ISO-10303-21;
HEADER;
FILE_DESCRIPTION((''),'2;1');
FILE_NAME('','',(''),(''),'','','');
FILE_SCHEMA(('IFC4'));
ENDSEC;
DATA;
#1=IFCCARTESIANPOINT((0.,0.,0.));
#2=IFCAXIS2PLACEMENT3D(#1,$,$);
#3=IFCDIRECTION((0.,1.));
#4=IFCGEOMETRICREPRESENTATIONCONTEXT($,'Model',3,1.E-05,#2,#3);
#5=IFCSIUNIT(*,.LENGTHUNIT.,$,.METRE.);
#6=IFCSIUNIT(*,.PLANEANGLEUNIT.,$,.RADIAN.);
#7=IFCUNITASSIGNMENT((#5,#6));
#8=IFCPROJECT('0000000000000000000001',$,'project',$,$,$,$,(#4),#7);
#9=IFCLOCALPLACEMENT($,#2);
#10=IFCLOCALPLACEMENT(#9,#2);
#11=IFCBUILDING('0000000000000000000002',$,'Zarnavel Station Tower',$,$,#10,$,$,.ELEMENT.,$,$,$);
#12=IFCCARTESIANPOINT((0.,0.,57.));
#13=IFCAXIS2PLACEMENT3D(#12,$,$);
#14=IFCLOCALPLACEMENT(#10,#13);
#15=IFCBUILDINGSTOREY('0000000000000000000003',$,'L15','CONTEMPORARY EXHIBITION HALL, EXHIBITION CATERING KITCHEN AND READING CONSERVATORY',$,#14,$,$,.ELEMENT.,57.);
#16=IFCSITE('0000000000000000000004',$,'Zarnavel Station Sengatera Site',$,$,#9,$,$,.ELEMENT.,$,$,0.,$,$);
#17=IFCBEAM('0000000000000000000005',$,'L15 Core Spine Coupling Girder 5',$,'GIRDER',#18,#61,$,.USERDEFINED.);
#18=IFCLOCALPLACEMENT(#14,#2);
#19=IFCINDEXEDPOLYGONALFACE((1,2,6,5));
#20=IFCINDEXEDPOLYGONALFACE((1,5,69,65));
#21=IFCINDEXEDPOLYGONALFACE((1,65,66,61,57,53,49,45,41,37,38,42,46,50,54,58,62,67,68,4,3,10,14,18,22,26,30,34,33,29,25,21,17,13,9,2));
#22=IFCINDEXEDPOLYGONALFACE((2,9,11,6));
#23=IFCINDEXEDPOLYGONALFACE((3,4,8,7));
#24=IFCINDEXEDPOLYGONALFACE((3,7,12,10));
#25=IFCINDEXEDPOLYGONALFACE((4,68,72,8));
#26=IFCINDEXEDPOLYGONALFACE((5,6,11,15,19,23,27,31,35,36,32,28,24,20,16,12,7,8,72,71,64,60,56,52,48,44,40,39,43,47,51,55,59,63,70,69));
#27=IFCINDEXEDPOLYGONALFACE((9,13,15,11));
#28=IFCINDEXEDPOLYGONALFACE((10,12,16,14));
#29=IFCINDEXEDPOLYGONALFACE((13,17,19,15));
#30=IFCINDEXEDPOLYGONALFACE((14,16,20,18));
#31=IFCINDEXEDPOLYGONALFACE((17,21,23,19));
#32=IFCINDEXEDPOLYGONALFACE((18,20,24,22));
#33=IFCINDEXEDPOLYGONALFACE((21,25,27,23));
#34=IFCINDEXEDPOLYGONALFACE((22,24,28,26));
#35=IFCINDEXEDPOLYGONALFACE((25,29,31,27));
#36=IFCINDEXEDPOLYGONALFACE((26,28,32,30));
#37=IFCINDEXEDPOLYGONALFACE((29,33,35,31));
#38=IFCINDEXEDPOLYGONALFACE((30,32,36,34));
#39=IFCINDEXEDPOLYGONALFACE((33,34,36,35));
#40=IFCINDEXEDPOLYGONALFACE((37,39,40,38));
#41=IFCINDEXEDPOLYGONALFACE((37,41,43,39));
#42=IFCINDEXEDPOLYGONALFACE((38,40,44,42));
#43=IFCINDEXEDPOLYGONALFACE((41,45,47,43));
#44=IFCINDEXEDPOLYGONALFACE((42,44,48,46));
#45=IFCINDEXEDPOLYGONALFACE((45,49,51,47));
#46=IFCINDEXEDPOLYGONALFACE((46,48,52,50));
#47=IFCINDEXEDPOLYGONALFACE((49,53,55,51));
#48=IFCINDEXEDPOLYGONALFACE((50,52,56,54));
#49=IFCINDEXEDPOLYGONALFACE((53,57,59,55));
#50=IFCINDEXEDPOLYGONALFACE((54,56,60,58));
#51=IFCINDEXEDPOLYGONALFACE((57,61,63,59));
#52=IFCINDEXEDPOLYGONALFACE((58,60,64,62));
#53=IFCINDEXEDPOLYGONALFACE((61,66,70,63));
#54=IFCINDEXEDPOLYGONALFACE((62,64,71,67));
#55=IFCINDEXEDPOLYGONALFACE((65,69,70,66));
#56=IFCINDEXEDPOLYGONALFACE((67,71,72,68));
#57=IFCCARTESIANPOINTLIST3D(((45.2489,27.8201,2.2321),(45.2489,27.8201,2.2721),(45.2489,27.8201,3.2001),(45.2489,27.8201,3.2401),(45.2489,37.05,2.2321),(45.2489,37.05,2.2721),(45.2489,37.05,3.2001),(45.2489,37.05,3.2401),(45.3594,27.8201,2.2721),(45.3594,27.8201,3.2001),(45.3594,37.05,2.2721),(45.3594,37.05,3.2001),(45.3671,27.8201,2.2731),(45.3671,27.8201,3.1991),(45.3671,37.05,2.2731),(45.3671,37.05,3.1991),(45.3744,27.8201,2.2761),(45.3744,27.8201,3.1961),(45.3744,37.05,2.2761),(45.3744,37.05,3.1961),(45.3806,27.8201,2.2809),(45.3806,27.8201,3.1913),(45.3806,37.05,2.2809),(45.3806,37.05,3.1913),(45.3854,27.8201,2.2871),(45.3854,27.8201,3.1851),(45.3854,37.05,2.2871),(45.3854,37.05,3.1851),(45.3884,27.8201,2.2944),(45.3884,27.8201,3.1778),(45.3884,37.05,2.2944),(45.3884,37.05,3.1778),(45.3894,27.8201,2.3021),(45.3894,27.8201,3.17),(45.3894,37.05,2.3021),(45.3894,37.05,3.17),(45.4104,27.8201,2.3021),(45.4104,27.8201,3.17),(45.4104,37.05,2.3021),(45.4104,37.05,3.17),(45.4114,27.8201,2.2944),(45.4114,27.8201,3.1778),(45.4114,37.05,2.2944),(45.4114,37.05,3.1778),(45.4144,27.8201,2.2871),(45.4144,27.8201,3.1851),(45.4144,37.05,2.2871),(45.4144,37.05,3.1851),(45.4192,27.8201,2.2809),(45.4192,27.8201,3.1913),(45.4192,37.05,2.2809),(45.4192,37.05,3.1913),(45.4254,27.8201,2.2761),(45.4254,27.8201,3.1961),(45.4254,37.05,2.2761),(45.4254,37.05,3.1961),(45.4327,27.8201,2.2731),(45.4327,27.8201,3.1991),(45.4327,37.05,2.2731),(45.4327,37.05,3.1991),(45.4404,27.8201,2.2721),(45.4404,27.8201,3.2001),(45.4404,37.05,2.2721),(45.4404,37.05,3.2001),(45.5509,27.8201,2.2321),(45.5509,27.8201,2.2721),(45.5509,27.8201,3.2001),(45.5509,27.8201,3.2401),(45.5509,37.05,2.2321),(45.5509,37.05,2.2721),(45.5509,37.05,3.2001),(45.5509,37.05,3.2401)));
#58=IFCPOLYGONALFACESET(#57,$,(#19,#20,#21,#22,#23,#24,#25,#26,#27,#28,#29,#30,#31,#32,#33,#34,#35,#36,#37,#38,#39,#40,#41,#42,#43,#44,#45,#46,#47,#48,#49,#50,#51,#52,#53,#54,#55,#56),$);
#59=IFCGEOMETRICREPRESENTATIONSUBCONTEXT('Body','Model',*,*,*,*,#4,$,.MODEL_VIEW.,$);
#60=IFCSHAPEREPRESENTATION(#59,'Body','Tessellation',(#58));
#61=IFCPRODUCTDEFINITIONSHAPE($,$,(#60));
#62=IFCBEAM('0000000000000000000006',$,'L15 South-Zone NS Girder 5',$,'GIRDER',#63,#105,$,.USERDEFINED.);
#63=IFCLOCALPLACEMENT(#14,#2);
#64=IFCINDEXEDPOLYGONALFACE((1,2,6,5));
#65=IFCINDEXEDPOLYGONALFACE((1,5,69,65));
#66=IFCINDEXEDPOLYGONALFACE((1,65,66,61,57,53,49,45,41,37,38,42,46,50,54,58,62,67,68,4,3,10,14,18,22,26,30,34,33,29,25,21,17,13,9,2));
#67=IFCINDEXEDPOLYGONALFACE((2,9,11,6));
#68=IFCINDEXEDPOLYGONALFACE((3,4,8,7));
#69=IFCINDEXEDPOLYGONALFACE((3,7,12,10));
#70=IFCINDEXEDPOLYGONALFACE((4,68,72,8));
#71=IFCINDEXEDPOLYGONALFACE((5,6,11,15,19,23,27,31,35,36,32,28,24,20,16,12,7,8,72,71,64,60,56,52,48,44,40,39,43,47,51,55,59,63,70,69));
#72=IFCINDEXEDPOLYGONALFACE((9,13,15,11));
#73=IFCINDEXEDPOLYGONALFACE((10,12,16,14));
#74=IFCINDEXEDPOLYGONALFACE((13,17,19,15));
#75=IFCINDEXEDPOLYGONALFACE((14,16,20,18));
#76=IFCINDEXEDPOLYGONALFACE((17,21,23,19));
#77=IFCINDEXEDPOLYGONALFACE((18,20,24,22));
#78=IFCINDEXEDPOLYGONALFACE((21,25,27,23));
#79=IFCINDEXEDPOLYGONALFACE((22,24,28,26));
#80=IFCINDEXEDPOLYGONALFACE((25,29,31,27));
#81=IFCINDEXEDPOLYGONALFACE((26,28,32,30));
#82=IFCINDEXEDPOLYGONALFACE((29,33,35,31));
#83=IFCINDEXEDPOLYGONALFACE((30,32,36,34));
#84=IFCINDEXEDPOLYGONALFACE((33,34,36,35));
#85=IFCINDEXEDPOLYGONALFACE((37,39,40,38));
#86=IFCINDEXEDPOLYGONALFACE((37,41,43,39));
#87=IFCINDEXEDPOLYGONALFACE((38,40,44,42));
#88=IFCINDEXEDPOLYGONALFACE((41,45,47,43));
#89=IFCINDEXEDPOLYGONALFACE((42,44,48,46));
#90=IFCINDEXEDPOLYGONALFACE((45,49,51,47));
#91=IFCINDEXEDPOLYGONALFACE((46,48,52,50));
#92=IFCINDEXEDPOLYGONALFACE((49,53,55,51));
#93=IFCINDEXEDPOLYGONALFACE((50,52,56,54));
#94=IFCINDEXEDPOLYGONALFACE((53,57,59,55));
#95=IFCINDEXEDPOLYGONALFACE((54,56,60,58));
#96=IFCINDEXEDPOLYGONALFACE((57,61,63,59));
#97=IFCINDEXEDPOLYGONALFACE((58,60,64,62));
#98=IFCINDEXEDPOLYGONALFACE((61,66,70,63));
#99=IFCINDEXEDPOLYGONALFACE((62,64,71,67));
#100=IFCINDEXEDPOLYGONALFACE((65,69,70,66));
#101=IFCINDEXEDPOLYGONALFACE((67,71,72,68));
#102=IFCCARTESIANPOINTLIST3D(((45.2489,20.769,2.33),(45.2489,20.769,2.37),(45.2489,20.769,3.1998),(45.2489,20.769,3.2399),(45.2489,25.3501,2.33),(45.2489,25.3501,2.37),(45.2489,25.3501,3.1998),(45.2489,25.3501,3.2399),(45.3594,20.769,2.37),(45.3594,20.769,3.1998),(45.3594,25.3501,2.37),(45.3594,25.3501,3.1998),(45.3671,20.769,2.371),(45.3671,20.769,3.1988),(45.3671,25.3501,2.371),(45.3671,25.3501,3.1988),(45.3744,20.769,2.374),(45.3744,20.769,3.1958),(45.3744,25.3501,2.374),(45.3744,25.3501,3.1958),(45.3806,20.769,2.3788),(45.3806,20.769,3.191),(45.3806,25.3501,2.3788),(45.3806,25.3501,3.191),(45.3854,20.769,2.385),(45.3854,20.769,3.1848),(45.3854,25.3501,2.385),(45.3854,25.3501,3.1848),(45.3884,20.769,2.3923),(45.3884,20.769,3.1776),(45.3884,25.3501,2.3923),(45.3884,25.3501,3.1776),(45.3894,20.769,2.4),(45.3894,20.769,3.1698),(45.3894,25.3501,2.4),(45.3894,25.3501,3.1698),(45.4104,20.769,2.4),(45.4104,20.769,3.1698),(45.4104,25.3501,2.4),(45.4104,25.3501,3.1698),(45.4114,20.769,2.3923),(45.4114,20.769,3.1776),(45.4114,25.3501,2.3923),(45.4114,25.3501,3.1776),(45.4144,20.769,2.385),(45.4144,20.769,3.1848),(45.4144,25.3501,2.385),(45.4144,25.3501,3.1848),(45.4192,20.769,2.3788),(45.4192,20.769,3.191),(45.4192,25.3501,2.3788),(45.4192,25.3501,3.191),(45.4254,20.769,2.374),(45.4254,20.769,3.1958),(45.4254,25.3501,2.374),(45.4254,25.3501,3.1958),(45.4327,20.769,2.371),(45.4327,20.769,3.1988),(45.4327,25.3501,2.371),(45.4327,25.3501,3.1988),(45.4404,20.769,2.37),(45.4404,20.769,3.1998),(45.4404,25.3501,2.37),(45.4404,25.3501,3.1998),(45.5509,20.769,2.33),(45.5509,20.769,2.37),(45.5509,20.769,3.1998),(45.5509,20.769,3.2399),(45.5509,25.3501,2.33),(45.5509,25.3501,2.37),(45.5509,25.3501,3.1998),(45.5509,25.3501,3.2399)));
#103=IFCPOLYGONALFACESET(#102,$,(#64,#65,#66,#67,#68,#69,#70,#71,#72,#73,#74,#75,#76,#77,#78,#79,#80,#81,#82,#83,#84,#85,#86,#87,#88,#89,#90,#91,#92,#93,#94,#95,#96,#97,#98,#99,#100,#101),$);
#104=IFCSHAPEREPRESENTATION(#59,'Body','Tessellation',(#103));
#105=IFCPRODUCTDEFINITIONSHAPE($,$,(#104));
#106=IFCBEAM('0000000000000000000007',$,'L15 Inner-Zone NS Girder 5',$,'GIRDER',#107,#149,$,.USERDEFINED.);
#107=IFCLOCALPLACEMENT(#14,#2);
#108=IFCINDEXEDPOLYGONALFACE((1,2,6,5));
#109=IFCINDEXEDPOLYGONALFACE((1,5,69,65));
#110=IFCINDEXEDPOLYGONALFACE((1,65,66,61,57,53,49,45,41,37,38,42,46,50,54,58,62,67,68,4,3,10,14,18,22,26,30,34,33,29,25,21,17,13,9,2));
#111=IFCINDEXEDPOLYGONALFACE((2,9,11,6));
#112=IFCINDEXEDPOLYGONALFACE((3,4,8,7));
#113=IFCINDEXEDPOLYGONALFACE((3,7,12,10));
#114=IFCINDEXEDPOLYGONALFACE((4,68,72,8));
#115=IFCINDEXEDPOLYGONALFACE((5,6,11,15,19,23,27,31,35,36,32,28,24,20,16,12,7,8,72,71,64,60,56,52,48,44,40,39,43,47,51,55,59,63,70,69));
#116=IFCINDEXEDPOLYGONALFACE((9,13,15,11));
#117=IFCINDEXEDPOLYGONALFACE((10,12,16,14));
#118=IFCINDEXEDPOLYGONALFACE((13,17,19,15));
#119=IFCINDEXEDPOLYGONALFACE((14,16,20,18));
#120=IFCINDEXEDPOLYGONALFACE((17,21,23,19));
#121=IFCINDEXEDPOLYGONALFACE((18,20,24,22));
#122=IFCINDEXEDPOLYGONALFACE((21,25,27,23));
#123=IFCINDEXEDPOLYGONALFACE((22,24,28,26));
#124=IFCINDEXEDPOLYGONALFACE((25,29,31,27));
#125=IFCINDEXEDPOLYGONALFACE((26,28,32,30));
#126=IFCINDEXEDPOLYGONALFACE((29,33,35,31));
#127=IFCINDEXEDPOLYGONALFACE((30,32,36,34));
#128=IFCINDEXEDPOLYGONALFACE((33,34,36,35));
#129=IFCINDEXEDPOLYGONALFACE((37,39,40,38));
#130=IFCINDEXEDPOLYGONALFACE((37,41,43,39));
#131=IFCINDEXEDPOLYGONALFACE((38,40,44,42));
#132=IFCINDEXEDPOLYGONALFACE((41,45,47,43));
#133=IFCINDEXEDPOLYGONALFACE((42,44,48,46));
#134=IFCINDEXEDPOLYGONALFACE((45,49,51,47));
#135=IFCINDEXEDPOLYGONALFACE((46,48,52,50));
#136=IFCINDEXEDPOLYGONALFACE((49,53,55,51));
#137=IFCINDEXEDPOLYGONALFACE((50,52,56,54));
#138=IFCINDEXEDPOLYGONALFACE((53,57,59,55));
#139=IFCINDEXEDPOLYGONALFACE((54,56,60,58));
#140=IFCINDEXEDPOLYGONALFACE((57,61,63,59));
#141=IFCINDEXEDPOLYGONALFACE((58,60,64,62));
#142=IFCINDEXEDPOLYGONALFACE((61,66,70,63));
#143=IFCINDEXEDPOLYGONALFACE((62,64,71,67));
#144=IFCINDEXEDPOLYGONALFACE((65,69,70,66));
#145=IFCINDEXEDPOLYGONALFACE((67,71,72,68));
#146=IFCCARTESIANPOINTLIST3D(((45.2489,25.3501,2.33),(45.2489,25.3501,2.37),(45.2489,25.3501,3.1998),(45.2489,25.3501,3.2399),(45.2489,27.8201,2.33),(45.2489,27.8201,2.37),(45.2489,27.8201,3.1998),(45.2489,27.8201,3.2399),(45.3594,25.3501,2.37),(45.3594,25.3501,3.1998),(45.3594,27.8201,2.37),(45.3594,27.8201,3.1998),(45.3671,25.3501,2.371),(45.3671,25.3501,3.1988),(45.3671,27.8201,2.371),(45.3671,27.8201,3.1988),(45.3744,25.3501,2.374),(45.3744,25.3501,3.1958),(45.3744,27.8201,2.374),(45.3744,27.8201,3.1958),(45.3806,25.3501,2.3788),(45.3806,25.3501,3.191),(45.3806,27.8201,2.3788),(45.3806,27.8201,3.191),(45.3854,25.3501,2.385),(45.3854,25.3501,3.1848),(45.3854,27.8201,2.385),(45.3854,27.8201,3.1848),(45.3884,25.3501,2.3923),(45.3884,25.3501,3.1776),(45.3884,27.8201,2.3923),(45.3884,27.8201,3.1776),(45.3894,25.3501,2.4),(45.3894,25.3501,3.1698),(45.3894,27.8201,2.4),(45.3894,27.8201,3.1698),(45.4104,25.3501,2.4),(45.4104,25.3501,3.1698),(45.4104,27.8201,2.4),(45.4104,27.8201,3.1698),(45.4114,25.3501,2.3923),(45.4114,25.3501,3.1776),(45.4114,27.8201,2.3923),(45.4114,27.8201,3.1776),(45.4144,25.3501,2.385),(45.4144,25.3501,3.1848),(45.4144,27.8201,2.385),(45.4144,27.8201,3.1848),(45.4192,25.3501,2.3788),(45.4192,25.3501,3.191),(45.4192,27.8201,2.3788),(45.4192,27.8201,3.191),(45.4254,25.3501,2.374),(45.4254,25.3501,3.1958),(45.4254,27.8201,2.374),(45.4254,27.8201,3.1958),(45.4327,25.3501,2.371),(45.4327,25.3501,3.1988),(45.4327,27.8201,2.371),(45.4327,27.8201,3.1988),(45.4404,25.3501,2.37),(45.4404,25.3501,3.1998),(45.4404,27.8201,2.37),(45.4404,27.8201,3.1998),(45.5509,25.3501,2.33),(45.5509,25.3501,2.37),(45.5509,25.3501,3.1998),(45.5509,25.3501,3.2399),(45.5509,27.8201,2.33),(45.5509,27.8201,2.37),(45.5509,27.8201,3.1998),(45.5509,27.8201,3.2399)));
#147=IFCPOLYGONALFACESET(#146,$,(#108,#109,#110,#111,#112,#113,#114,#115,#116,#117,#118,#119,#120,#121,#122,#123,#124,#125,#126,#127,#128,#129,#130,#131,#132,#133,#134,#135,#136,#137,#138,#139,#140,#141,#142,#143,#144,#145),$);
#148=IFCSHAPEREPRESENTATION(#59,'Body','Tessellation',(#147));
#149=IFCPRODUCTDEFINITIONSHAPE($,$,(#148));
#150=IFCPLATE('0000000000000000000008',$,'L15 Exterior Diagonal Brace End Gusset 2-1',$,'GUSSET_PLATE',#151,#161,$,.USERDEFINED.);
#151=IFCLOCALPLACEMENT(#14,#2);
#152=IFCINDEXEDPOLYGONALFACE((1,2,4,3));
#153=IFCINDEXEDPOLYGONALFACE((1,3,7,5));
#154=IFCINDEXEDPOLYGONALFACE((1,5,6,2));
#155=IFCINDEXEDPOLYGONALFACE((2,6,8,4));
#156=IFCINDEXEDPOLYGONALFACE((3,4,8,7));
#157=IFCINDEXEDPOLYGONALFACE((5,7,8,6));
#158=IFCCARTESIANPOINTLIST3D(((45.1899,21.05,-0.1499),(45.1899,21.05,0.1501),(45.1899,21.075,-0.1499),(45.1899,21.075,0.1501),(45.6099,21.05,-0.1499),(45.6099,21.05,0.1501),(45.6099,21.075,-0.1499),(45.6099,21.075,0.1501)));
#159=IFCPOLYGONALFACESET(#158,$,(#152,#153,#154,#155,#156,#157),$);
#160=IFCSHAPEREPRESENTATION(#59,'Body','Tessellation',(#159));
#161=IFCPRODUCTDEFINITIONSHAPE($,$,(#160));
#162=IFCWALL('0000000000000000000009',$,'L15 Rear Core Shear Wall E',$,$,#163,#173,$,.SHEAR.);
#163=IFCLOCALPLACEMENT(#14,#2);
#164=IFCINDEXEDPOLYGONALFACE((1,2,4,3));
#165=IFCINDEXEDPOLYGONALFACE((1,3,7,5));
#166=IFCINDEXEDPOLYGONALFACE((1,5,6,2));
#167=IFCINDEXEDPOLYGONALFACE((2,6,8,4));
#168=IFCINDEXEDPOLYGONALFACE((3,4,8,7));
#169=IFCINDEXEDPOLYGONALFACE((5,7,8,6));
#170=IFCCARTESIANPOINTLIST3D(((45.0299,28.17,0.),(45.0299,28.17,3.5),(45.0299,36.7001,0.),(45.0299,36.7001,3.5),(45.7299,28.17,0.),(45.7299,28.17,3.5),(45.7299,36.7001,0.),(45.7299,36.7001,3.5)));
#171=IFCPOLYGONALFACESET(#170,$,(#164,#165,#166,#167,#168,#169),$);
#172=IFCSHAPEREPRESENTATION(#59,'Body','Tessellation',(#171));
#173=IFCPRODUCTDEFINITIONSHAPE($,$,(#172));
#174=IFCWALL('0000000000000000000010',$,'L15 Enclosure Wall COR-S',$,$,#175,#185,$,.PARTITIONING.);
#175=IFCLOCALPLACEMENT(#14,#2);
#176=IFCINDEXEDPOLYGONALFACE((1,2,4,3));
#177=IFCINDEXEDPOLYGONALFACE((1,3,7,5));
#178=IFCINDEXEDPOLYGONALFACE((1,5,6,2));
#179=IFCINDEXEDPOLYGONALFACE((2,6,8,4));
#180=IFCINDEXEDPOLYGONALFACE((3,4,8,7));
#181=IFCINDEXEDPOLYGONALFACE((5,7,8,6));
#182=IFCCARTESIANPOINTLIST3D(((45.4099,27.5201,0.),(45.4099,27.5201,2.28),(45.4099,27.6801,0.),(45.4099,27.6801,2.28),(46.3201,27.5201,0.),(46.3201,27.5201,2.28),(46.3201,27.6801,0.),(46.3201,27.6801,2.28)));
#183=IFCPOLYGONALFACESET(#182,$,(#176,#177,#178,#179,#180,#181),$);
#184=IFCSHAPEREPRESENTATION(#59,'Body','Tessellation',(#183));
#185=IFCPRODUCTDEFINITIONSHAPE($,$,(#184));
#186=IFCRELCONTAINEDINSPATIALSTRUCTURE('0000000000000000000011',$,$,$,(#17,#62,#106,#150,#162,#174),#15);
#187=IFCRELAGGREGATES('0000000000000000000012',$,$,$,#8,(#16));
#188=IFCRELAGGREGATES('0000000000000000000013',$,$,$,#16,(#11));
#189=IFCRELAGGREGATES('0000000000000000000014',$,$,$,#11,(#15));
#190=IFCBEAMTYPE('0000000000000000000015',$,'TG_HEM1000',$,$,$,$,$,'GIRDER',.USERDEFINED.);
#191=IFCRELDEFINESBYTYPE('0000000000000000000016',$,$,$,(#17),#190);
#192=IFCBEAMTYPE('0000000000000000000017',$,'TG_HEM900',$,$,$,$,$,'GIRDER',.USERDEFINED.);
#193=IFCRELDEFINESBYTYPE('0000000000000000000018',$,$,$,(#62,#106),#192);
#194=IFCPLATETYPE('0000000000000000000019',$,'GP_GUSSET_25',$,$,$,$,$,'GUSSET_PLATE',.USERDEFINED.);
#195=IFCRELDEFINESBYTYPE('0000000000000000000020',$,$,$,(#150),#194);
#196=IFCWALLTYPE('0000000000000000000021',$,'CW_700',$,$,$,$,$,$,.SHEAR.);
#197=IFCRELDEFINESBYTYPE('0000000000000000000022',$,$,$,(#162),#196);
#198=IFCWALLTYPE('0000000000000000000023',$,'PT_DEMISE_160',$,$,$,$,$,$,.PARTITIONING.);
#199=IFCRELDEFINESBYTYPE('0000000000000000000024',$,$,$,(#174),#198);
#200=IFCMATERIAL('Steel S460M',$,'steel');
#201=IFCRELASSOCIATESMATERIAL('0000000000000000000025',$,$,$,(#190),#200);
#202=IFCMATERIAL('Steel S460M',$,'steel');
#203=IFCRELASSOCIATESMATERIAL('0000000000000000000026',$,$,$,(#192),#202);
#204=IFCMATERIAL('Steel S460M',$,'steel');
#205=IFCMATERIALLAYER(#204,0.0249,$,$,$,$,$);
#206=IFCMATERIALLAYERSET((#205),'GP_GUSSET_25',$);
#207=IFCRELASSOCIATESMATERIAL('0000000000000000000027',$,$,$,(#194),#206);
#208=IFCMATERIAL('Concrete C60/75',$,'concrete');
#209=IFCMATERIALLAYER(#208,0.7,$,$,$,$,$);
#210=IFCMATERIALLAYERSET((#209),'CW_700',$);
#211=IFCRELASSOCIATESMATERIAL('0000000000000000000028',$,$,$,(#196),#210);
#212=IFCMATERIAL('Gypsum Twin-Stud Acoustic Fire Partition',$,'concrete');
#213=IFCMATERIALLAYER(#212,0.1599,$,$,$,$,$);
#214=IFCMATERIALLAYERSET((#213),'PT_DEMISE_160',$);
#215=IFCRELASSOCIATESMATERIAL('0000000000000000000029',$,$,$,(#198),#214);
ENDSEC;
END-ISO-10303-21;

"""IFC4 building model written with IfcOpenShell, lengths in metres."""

from ifc_helpers import new_model, si_unit, direction, frame, frame_2d, origin, origin_2d, place, context, subcontext, project, spatial, rectangle, i_section, extrude, material, layer, layer_set, material_profile, profile_set, type_object, element, save


model = new_model("IFC4")

# Units and contexts
model_context = context("Model", 3, precision=1e-05, world=origin(), true_north=direction((0.0, 1.0)))
body_context = subcontext(model_context, "Body", "Model", "MODEL_VIEW")
ifc_project = project(units=[si_unit("LENGTHUNIT", "METRE"), si_unit("PLANEANGLEUNIT", "RADIAN")], contexts=[model_context])

# Site, building, storey
site_placement = place(None, origin())
site = spatial("IfcSite", under=ifc_project, at=site_placement, Name="Zarnavel Station Sengatera Site", CompositionType="ELEMENT", RefElevation=0.0)
building_placement = place(site_placement, origin())
building = spatial("IfcBuilding", under=site, at=building_placement, Name="Zarnavel Station Tower", CompositionType="ELEMENT")
storey_placement = place(building_placement, frame((0.0, 0.0, 57.0)))
storey = spatial("IfcBuildingStorey", under=building, at=storey_placement, Name="L15", Description="CONTEMPORARY EXHIBITION HALL, EXHIBITION CATERING KITCHEN AND READING CONSERVATORY", CompositionType="ELEMENT", Elevation=57.0)

# Beams
ifc_material_1 = material(Name="Steel S460M", Category="steel")
ifc_material_profile_1 = material_profile(ifc_material_1, i_section(OverallWidth=0.302, OverallDepth=1.0081, WebThickness=0.021, FlangeThickness=0.04, FilletRadius=0.03, at=origin_2d()), Name="HEM1000")
ifc_profile_set_1 = profile_set([ifc_material_profile_1], Name="Steel S460M")
beam_type_1 = type_object("IfcBeamType", Name="TG_HEM1000", ElementType="GIRDER", PredefinedType="USERDEFINED", material=ifc_profile_set_1)
beam_1_placement = place(storey_placement, frame((45.3999, 27.8201, 2.7361), z_axis=(0.0, 1.0, 0.0), x_axis=(-1.0, 0.0, 0.0)))
element("IfcBeam", 1, at=beam_1_placement, inside=storey, type_object=beam_type_1, Name="L15 Core Spine Coupling Girder 5", ObjectType="GIRDER", PredefinedType="USERDEFINED", context=body_context, shape_type="SweptSolid", body=[
    extrude(i_section(OverallWidth=0.302, OverallDepth=1.0081, WebThickness=0.021, FlangeThickness=0.04, FilletRadius=0.03, at=origin_2d()), origin(), (0.0, 0.0, 1.0), 9.23),
])
ifc_material_2 = material(Name="Steel S460M", Category="steel")
ifc_material_profile_2 = material_profile(ifc_material_2, i_section(OverallWidth=0.302, OverallDepth=0.9099, WebThickness=0.021, FlangeThickness=0.04, FilletRadius=0.03, at=origin_2d()), Name="HEM900")
ifc_profile_set_2 = profile_set([ifc_material_profile_2], Name="Steel S460M")
beam_type_2 = type_object("IfcBeamType", Name="TG_HEM900", ElementType="GIRDER", PredefinedType="USERDEFINED", material=ifc_profile_set_2)
beam_2_placement = place(storey_placement, frame((45.3999, 20.769, 2.7849), z_axis=(0.0, 1.0, 0.0), x_axis=(-1.0, 0.0, 0.0)))
element("IfcBeam", 2, at=beam_2_placement, inside=storey, type_object=beam_type_2, Name="L15 South-Zone NS Girder 5", ObjectType="GIRDER", PredefinedType="USERDEFINED", context=body_context, shape_type="SweptSolid", body=[
    extrude(i_section(OverallWidth=0.302, OverallDepth=0.9099, WebThickness=0.021, FlangeThickness=0.04, FilletRadius=0.03, at=origin_2d()), origin(), (0.0, 0.0, 1.0), 4.5811),
])
beam_3_placement = place(storey_placement, frame((45.3999, 25.3501, 2.7849), z_axis=(0.0, 1.0, 0.0), x_axis=(-1.0, 0.0, 0.0)))
element("IfcBeam", 3, at=beam_3_placement, inside=storey, type_object=beam_type_2, Name="L15 Inner-Zone NS Girder 5", ObjectType="GIRDER", PredefinedType="USERDEFINED", context=body_context, shape_type="SweptSolid", body=[
    extrude(i_section(OverallWidth=0.302, OverallDepth=0.9099, WebThickness=0.021, FlangeThickness=0.04, FilletRadius=0.03, at=origin_2d()), origin(), (0.0, 0.0, 1.0), 2.47),
])

# Plate
ifc_material_3 = material(Name="Steel S460M", Category="steel")
ifc_layer_1 = layer(ifc_material_3, 0.0249)
ifc_layer_set_1 = layer_set([ifc_layer_1], Name="GP_GUSSET_25")
plate_type = type_object("IfcPlateType", Name="GP_GUSSET_25", ElementType="GUSSET_PLATE", PredefinedType="USERDEFINED", material=ifc_layer_set_1)
plate_placement = place(storey_placement, frame((45.3999, 21.0625, -0.1499), z_axis=(0.0, 0.0, 1.0), x_axis=(1.0, 0.0, 0.0)))
element("IfcPlate", 4, at=plate_placement, inside=storey, type_object=plate_type, Name="L15 Exterior Diagonal Brace End Gusset 2-1", ObjectType="GUSSET_PLATE", PredefinedType="USERDEFINED", context=body_context, shape_type="SweptSolid", body=[
    extrude(rectangle(XDim=0.4199, YDim=0.0249, at=origin_2d()), origin(), (0.0, 0.0, 1.0), 0.3),
])

# Shared definitions
ifc_material_4 = material(Name="Concrete C60/75", Category="concrete")
ifc_layer_2 = layer(ifc_material_4, 0.7)
ifc_layer_set_2 = layer_set([ifc_layer_2], Name="CW_700")
wall_type_1 = type_object("IfcWallType", Name="CW_700", PredefinedType="SHEAR", material=ifc_layer_set_2)

# Walls
wall_1_placement = place(storey_placement, frame((45.3799, 28.1699, 0.0), z_axis=(0.0, 0.0, 1.0), x_axis=(0.0, 1.0, 0.0)))
element("IfcWall", 5, at=wall_1_placement, inside=storey, type_object=wall_type_1, Name="L15 Rear Core Shear Wall E", PredefinedType="SHEAR", context=body_context, shape_type="SweptSolid", body=[
    extrude(rectangle(XDim=8.53, YDim=0.7, at=frame_2d((4.2651, 0.0))), origin(), (0.0, 0.0, 1.0), 3.5),
])
ifc_material_5 = material(Name="Gypsum Twin-Stud Acoustic Fire Partition", Category="concrete")
ifc_layer_3 = layer(ifc_material_5, 0.1599)
ifc_layer_set_3 = layer_set([ifc_layer_3], Name="PT_DEMISE_160")
wall_type_2 = type_object("IfcWallType", Name="PT_DEMISE_160", PredefinedType="PARTITIONING", material=ifc_layer_set_3)
wall_2_placement = place(storey_placement, frame((45.4099, 27.6001, 0.0), z_axis=(0.0, 0.0, 1.0), x_axis=(1.0, 0.0, 0.0)))
element("IfcWall", 6, at=wall_2_placement, inside=storey, type_object=wall_type_2, Name="L15 Enclosure Wall COR-S", PredefinedType="PARTITIONING", context=body_context, shape_type="SweptSolid", body=[
    extrude(rectangle(XDim=0.9102, YDim=0.1599, at=frame_2d((0.4551, 0.0))), origin(), (0.0, 0.0, 1.0), 2.28),
])

save(model, "model.ifc")
